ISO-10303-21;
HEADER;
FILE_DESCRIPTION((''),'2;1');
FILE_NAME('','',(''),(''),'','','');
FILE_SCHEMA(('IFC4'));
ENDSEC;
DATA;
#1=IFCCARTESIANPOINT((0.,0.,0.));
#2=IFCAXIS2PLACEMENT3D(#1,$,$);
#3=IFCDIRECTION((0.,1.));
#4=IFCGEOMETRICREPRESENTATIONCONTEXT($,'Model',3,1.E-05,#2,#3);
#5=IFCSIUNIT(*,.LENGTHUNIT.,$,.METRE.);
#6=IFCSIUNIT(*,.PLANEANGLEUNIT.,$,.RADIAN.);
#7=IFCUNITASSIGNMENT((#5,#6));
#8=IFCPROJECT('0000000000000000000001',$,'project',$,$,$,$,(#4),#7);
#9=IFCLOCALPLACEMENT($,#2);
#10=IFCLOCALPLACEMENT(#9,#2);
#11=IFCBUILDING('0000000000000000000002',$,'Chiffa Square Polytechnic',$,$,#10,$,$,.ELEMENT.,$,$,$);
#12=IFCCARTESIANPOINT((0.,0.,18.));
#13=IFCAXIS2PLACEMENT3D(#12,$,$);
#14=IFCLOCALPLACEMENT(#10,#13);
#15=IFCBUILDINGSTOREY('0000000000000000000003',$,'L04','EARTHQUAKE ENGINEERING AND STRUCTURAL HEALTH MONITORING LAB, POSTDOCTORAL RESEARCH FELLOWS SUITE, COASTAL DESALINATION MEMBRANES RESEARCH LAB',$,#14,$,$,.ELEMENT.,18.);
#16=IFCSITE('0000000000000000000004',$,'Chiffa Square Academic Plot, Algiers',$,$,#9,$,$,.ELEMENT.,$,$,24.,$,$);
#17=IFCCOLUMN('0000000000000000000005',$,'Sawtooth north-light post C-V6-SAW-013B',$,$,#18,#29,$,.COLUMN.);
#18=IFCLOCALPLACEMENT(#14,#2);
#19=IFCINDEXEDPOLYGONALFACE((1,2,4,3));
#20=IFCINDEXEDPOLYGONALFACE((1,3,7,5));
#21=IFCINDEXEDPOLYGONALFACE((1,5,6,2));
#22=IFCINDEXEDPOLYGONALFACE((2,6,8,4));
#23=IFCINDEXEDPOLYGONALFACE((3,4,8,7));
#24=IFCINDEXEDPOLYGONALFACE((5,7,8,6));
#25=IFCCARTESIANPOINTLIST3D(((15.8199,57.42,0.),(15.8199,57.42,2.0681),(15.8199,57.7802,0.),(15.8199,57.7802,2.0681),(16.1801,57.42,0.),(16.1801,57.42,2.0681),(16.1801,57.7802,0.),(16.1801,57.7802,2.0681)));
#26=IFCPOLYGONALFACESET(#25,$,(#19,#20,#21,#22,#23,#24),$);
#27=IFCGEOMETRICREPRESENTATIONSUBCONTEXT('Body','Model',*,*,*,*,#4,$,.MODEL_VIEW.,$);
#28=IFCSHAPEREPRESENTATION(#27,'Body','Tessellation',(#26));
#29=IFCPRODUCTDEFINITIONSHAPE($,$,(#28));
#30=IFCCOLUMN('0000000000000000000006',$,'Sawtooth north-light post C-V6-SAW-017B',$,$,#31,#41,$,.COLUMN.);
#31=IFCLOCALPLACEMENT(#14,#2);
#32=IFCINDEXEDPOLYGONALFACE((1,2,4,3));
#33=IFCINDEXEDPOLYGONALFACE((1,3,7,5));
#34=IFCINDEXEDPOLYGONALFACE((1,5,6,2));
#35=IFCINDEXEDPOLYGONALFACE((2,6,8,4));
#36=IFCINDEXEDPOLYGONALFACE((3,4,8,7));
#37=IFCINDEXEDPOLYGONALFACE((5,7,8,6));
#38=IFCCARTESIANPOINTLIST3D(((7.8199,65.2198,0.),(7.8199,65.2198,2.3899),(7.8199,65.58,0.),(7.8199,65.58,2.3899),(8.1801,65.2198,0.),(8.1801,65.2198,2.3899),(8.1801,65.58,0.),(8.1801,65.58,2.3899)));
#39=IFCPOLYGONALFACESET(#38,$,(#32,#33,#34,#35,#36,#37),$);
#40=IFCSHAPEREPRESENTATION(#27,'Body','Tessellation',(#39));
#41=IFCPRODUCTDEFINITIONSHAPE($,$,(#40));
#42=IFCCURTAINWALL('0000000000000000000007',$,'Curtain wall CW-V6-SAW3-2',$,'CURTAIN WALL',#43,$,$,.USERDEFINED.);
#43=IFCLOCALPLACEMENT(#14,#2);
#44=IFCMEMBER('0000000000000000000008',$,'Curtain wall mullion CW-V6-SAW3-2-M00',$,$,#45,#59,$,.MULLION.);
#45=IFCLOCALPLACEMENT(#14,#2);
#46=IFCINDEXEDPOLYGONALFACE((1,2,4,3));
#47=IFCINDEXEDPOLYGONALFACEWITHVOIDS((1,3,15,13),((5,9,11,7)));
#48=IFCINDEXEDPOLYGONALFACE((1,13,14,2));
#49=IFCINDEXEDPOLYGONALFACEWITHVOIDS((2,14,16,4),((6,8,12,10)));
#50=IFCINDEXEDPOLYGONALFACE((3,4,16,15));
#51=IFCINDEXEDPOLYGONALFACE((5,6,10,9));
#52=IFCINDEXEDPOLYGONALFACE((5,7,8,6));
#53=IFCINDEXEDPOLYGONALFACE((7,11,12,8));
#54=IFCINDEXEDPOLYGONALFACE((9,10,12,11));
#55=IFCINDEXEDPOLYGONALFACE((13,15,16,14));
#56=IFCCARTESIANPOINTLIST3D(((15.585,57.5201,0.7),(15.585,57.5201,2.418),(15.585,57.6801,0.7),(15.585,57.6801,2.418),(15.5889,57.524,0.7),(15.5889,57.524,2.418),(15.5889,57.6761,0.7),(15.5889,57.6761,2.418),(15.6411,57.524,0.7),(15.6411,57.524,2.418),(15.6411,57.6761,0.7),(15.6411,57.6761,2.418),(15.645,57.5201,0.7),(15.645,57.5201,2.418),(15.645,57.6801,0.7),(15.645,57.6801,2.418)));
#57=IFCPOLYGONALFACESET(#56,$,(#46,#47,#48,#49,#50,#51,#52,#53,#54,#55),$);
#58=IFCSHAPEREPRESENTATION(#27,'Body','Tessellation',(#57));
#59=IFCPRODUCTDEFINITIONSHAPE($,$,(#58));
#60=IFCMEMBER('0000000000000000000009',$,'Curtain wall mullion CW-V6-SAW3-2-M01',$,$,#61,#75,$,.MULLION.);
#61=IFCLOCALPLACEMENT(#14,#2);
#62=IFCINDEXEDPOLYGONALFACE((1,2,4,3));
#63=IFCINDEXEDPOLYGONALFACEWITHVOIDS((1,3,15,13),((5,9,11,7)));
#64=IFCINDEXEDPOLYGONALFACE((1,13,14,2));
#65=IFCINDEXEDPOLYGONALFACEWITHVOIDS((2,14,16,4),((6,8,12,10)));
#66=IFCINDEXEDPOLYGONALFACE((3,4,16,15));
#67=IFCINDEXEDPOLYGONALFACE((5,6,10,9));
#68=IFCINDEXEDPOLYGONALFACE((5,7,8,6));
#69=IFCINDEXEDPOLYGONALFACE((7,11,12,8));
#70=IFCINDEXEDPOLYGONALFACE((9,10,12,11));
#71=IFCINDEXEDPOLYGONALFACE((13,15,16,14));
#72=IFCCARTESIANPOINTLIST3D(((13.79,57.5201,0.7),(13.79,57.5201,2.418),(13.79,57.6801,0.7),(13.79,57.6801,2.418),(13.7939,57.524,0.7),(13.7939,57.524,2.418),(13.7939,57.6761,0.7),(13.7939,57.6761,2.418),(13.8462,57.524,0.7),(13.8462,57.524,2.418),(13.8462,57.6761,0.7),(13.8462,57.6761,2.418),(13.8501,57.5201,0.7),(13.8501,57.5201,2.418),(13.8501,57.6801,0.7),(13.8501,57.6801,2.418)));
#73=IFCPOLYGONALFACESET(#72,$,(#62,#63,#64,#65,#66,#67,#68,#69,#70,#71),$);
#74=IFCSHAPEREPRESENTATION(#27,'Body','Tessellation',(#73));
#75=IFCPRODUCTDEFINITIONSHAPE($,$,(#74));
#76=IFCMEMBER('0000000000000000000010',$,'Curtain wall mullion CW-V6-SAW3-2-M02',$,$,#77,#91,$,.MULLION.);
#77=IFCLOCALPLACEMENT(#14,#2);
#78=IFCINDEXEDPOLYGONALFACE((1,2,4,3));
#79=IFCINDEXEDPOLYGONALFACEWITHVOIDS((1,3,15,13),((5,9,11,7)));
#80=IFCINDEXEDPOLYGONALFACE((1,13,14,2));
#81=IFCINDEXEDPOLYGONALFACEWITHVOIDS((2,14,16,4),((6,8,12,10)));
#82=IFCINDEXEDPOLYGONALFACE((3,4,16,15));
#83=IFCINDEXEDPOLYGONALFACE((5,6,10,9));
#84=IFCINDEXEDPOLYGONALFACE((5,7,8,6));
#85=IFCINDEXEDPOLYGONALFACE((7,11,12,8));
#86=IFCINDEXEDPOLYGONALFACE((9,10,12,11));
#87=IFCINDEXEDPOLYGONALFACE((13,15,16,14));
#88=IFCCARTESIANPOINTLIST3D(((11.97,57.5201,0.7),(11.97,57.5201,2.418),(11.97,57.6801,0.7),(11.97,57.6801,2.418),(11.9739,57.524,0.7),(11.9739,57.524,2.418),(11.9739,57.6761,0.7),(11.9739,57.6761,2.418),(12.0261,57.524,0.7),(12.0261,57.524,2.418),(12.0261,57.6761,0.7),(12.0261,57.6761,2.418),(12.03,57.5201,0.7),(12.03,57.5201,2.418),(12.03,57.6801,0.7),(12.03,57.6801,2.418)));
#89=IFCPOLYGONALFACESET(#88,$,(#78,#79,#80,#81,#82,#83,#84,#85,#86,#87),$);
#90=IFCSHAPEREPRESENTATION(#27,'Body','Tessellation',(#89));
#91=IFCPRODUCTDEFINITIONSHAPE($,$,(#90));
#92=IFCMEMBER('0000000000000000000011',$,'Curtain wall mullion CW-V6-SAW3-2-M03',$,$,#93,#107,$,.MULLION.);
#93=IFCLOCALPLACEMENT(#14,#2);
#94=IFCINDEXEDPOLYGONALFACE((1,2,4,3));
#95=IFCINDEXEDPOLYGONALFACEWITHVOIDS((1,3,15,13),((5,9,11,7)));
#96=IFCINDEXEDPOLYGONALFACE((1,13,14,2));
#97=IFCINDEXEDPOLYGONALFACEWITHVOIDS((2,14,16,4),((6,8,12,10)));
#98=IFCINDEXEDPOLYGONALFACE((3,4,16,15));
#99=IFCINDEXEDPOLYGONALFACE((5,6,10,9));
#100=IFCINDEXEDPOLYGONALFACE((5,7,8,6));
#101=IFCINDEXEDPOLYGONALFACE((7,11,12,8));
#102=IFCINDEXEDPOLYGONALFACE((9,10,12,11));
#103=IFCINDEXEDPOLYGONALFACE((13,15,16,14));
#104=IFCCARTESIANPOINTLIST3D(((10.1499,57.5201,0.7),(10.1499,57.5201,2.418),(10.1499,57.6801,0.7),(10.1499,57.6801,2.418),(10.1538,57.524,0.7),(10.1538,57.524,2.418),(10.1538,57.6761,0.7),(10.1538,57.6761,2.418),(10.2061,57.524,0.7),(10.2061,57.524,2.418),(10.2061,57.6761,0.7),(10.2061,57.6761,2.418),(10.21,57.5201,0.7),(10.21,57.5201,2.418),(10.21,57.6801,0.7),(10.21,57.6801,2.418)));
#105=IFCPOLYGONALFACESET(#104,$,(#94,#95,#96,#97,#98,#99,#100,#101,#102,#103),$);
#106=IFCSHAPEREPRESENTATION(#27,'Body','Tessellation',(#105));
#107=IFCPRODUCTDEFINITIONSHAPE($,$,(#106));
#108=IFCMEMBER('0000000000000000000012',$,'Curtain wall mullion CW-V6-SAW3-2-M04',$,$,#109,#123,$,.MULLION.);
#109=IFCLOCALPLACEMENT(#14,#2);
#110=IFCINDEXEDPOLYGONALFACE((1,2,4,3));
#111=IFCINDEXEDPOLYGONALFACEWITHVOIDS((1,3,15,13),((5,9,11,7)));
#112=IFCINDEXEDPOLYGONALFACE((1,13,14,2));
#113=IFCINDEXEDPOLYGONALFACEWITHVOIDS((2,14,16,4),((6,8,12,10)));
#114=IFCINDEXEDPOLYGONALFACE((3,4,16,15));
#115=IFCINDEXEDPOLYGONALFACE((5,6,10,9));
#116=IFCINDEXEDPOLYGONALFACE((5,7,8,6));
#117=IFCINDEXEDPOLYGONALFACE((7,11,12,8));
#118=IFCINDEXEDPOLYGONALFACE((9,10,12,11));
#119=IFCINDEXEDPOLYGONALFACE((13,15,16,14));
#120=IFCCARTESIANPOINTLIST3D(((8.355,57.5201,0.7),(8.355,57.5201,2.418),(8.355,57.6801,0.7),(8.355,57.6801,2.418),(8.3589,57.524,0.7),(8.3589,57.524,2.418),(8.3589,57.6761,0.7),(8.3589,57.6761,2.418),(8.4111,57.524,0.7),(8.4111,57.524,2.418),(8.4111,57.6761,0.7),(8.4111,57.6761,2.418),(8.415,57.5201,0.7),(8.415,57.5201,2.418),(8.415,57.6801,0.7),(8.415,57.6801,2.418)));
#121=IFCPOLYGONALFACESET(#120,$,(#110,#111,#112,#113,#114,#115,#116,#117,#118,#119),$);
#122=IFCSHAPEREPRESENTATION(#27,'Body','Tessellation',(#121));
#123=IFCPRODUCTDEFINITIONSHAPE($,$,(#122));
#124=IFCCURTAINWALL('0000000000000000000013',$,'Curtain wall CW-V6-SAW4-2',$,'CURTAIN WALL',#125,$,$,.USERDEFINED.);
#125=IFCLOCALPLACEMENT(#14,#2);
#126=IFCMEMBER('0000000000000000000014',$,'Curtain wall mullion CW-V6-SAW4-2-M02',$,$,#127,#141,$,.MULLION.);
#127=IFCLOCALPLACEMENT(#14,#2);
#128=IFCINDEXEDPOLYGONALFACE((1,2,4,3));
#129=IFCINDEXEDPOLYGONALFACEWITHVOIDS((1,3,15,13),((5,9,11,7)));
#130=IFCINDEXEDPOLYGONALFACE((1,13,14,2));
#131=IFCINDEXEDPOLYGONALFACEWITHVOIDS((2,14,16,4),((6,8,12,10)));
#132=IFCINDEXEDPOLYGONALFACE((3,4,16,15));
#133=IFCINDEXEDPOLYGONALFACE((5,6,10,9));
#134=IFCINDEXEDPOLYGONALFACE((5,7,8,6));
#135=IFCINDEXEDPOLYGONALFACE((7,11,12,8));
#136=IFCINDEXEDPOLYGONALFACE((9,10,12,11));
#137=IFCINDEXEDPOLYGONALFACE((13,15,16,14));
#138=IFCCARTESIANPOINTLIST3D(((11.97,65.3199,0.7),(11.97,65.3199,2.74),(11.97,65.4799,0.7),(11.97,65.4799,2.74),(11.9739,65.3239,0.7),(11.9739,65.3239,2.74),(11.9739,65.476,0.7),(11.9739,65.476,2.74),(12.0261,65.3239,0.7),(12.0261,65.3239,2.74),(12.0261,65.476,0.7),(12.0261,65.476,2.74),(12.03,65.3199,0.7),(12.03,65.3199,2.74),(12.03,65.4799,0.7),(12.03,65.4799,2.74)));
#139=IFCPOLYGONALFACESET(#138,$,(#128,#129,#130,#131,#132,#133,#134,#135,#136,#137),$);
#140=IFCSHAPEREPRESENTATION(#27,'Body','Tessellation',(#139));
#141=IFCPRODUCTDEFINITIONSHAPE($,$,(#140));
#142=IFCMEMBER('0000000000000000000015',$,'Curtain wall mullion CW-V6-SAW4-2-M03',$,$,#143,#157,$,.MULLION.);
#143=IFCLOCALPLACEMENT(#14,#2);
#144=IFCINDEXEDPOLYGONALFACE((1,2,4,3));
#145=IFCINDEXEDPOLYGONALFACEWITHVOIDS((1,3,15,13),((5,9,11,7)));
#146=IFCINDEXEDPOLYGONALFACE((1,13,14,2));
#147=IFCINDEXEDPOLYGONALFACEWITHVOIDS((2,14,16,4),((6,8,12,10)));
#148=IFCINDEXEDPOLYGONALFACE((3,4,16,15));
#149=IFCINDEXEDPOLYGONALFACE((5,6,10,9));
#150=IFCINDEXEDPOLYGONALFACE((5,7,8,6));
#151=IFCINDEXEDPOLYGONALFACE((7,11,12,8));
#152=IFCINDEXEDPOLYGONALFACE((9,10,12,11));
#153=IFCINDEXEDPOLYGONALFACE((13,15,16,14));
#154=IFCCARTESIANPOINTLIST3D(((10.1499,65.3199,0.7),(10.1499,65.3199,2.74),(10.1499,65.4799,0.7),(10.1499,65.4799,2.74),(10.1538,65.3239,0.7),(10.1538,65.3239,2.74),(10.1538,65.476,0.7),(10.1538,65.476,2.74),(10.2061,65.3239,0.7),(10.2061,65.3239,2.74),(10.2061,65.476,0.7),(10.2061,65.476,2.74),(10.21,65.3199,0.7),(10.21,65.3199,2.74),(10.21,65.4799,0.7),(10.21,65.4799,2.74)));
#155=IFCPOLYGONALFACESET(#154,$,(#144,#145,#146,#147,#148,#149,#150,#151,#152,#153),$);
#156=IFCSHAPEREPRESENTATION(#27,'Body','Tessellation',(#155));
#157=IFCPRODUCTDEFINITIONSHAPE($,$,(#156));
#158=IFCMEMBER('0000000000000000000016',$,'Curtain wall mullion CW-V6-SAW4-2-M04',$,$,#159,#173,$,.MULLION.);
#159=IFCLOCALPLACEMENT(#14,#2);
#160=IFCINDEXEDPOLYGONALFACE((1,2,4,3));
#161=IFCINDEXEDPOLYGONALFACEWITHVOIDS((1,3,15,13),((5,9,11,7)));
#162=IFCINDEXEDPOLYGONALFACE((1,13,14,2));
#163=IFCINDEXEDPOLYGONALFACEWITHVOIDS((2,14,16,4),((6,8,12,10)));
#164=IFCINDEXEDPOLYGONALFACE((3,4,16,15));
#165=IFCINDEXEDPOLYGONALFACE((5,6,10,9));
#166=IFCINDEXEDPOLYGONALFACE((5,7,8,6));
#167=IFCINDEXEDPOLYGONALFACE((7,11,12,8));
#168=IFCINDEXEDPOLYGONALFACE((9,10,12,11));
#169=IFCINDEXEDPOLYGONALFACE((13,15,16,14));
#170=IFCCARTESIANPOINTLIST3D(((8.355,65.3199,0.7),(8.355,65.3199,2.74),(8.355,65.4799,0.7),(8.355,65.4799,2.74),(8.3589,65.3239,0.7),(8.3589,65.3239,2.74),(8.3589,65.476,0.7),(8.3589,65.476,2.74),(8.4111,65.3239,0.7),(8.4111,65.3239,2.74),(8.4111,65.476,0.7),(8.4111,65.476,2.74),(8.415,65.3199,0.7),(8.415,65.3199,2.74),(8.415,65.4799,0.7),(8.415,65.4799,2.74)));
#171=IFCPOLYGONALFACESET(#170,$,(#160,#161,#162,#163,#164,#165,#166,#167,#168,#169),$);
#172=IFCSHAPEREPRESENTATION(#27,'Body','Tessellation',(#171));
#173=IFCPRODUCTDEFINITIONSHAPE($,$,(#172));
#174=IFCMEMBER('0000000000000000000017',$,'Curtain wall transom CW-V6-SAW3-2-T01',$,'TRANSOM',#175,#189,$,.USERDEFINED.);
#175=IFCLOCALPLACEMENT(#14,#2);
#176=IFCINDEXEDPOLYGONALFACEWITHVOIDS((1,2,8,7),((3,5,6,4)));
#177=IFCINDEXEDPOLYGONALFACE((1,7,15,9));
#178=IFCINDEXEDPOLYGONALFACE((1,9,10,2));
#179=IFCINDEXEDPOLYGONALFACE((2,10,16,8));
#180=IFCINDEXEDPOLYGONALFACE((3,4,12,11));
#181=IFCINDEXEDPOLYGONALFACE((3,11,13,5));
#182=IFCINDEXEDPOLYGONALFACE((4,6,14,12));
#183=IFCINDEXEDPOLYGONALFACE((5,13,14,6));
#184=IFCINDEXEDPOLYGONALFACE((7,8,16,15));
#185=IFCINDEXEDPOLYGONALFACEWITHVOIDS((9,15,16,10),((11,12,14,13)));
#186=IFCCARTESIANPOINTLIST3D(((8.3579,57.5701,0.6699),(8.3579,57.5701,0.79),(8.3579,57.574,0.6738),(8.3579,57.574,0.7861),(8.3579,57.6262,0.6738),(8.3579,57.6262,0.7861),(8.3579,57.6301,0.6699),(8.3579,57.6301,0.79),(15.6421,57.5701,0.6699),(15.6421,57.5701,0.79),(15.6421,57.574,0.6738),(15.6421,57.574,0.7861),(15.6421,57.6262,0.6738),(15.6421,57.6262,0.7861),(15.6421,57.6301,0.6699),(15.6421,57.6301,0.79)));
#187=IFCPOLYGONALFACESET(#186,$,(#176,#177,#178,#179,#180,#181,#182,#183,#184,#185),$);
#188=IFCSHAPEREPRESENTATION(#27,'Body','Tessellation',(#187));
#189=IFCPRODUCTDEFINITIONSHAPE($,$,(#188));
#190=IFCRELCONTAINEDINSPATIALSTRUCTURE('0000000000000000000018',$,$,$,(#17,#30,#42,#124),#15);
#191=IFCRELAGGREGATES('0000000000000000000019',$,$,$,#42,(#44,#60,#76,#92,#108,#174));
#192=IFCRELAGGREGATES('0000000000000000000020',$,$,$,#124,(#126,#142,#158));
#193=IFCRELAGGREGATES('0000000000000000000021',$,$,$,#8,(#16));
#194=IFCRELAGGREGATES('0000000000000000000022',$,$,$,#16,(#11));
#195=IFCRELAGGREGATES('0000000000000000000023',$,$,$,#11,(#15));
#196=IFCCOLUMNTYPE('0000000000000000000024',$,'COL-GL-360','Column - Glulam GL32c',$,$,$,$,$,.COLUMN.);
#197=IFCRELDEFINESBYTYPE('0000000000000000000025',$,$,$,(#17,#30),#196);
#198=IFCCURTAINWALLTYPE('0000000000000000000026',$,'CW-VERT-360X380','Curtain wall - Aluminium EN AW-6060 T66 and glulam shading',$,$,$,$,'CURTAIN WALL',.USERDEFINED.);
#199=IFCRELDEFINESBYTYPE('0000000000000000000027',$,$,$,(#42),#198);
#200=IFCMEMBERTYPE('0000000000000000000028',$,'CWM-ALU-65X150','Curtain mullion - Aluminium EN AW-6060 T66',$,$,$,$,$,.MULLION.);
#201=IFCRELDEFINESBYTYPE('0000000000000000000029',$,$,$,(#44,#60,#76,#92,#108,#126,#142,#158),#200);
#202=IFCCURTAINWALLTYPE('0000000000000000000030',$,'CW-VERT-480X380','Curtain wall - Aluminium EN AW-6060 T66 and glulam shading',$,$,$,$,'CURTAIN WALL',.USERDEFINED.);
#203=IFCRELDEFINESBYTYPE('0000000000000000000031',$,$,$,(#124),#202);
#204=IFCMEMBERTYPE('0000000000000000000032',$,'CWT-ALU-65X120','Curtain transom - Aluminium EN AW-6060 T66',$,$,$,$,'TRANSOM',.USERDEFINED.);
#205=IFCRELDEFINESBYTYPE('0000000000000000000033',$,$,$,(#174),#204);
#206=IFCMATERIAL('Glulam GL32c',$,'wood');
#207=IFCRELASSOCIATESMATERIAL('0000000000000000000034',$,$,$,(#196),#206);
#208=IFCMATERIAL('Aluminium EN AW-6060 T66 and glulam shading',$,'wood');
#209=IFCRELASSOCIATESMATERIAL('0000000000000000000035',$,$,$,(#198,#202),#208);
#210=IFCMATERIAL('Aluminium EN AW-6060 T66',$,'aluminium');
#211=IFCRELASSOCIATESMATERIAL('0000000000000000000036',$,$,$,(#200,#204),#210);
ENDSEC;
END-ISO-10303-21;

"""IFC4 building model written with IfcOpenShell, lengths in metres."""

from ifc_helpers import new_model, si_unit, direction, frame, origin, origin_2d, place, context, subcontext, project, spatial, rectangle, hollow_rectangle, extrude, material, material_profile, profile_set, type_object, element, aggregate, save


model = new_model("IFC4")

# Units and contexts
model_context = context("Model", 3, precision=1e-05, world=origin(), true_north=direction((0.0, 1.0)))
body_context = subcontext(model_context, "Body", "Model", "MODEL_VIEW")
ifc_project = project(units=[si_unit("LENGTHUNIT", "METRE"), si_unit("PLANEANGLEUNIT", "RADIAN")], contexts=[model_context])

# Site, building, storey
site_placement = place(None, origin())
site = spatial("IfcSite", under=ifc_project, at=site_placement, Name="Chiffa Square Academic Plot, Algiers", CompositionType="ELEMENT", RefElevation=24.0)
building_placement = place(site_placement, origin())
building = spatial("IfcBuilding", under=site, at=building_placement, Name="Chiffa Square Polytechnic", CompositionType="ELEMENT")
storey_placement = place(building_placement, frame((0.0, 0.0, 18.0)))
storey = spatial("IfcBuildingStorey", under=building, at=storey_placement, Name="L04", Description="EARTHQUAKE ENGINEERING AND STRUCTURAL HEALTH MONITORING LAB, POSTDOCTORAL RESEARCH FELLOWS SUITE, COASTAL DESALINATION MEMBRANES RESEARCH LAB", CompositionType="ELEMENT", Elevation=18.0)

# Columns
ifc_material_1 = material(Name="Glulam GL32c", Category="wood")
ifc_material_profile_1 = material_profile(ifc_material_1, rectangle(XDim=0.3601, YDim=0.3601, at=origin_2d()), Name="GL32c 360x360")
ifc_profile_set_1 = profile_set([ifc_material_profile_1], Name="Glulam GL32c")
column_type = type_object("IfcColumnType", Name="COL-GL-360", Description="Column - Glulam GL32c", PredefinedType="COLUMN", material=ifc_profile_set_1)
column_1_placement = place(storey_placement, frame((16.0, 57.6001, 0.0), z_axis=(0.0, 0.0, 1.0), x_axis=(1.0, 0.0, 0.0)))
element("IfcColumn", 1, at=column_1_placement, inside=storey, type_object=column_type, Name="Sawtooth north-light post C-V6-SAW-013B", PredefinedType="COLUMN", context=body_context, shape_type="SweptSolid", body=[
    extrude(rectangle(XDim=0.3601, YDim=0.3601, at=origin_2d()), origin(), (0.0, 0.0, 1.0), 2.0681),
])
column_2_placement = place(storey_placement, frame((8.0, 65.3999, 0.0), z_axis=(0.0, 0.0, 1.0), x_axis=(1.0, 0.0, 0.0)))
element("IfcColumn", 2, at=column_2_placement, inside=storey, type_object=column_type, Name="Sawtooth north-light post C-V6-SAW-017B", PredefinedType="COLUMN", context=body_context, shape_type="SweptSolid", body=[
    extrude(rectangle(XDim=0.3601, YDim=0.3601, at=origin_2d()), origin(), (0.0, 0.0, 1.0), 2.3899),
])

# Curtain walls, members
ifc_material_2 = material(Name="Aluminium EN AW-6060 T66 and glulam shading", Category="wood")
curtain_wall_type_1 = type_object("IfcCurtainWallType", Name="CW-VERT-360X380", Description="Curtain wall - Aluminium EN AW-6060 T66 and glulam shading", ElementType="CURTAIN WALL", PredefinedType="USERDEFINED", material=ifc_material_2)
curtain_wall_1_placement = place(storey_placement, origin())
curtain_wall_1 = element("IfcCurtainWall", 3, at=curtain_wall_1_placement, inside=storey, type_object=curtain_wall_type_1, Name="Curtain wall CW-V6-SAW3-2", ObjectType="CURTAIN WALL", PredefinedType="USERDEFINED")
ifc_material_3 = material(Name="Aluminium EN AW-6060 T66", Category="aluminium")
ifc_material_profile_2 = material_profile(ifc_material_3, hollow_rectangle(XDim=0.0601, YDim=0.1599, WallThickness=0.0039, at=origin_2d()), Name="ALU 60x160x4")
ifc_profile_set_2 = profile_set([ifc_material_profile_2], Name="Aluminium EN AW-6060 T66")
member_type_1 = type_object("IfcMemberType", Name="CWM-ALU-65X150", Description="Curtain mullion - Aluminium EN AW-6060 T66", PredefinedType="MULLION", material=ifc_profile_set_2)
member_1_placement = place(storey_placement, frame((15.615, 57.6001, 0.7), z_axis=(0.0, 0.0, 1.0), x_axis=(1.0, 0.0, 0.0)))
member_1 = element("IfcMember", 4, at=member_1_placement, type_object=member_type_1, Name="Curtain wall mullion CW-V6-SAW3-2-M00", PredefinedType="MULLION", context=body_context, shape_type="SweptSolid", body=[
    extrude(hollow_rectangle(XDim=0.0601, YDim=0.1599, WallThickness=0.0039, at=origin_2d()), origin(), (0.0, 0.0, 1.0), 1.718),
])
member_2_placement = place(storey_placement, frame((13.8201, 57.6001, 0.7), z_axis=(0.0, 0.0, 1.0), x_axis=(1.0, 0.0, 0.0)))
member_2 = element("IfcMember", 5, at=member_2_placement, type_object=member_type_1, Name="Curtain wall mullion CW-V6-SAW3-2-M01", PredefinedType="MULLION", context=body_context, shape_type="SweptSolid", body=[
    extrude(hollow_rectangle(XDim=0.0601, YDim=0.1599, WallThickness=0.0039, at=origin_2d()), origin(), (0.0, 0.0, 1.0), 1.718),
])
member_3_placement = place(storey_placement, frame((12.0, 57.6001, 0.7), z_axis=(0.0, 0.0, 1.0), x_axis=(1.0, 0.0, 0.0)))
member_3 = element("IfcMember", 6, at=member_3_placement, type_object=member_type_1, Name="Curtain wall mullion CW-V6-SAW3-2-M02", PredefinedType="MULLION", context=body_context, shape_type="SweptSolid", body=[
    extrude(hollow_rectangle(XDim=0.0601, YDim=0.1599, WallThickness=0.0039, at=origin_2d()), origin(), (0.0, 0.0, 1.0), 1.718),
])
member_4_placement = place(storey_placement, frame((10.1799, 57.6001, 0.7), z_axis=(0.0, 0.0, 1.0), x_axis=(1.0, 0.0, 0.0)))
member_4 = element("IfcMember", 7, at=member_4_placement, type_object=member_type_1, Name="Curtain wall mullion CW-V6-SAW3-2-M03", PredefinedType="MULLION", context=body_context, shape_type="SweptSolid", body=[
    extrude(hollow_rectangle(XDim=0.0601, YDim=0.1599, WallThickness=0.0039, at=origin_2d()), origin(), (0.0, 0.0, 1.0), 1.718),
])
member_5_placement = place(storey_placement, frame((8.385, 57.6001, 0.7), z_axis=(0.0, 0.0, 1.0), x_axis=(1.0, 0.0, 0.0)))
member_5 = element("IfcMember", 8, at=member_5_placement, type_object=member_type_1, Name="Curtain wall mullion CW-V6-SAW3-2-M04", PredefinedType="MULLION", context=body_context, shape_type="SweptSolid", body=[
    extrude(hollow_rectangle(XDim=0.0601, YDim=0.1599, WallThickness=0.0039, at=origin_2d()), origin(), (0.0, 0.0, 1.0), 1.718),
])
curtain_wall_type_2 = type_object("IfcCurtainWallType", Name="CW-VERT-480X380", Description="Curtain wall - Aluminium EN AW-6060 T66 and glulam shading", ElementType="CURTAIN WALL", PredefinedType="USERDEFINED", material=ifc_material_2)
curtain_wall_2_placement = place(storey_placement, origin())
curtain_wall_2 = element("IfcCurtainWall", 9, at=curtain_wall_2_placement, inside=storey, type_object=curtain_wall_type_2, Name="Curtain wall CW-V6-SAW4-2", ObjectType="CURTAIN WALL", PredefinedType="USERDEFINED")
member_6_placement = place(storey_placement, frame((12.0, 65.3999, 0.7), z_axis=(0.0, 0.0, 1.0), x_axis=(1.0, 0.0, 0.0)))
member_6 = element("IfcMember", 10, at=member_6_placement, type_object=member_type_1, Name="Curtain wall mullion CW-V6-SAW4-2-M02", PredefinedType="MULLION", context=body_context, shape_type="SweptSolid", body=[
    extrude(hollow_rectangle(XDim=0.0601, YDim=0.1599, WallThickness=0.0039, at=origin_2d()), origin(), (0.0, 0.0, 1.0), 2.04),
])
member_7_placement = place(storey_placement, frame((10.1799, 65.3999, 0.7), z_axis=(0.0, 0.0, 1.0), x_axis=(1.0, 0.0, 0.0)))
member_7 = element("IfcMember", 11, at=member_7_placement, type_object=member_type_1, Name="Curtain wall mullion CW-V6-SAW4-2-M03", PredefinedType="MULLION", context=body_context, shape_type="SweptSolid", body=[
    extrude(hollow_rectangle(XDim=0.0601, YDim=0.1599, WallThickness=0.0039, at=origin_2d()), origin(), (0.0, 0.0, 1.0), 2.04),
])
member_8_placement = place(storey_placement, frame((8.385, 65.3999, 0.7), z_axis=(0.0, 0.0, 1.0), x_axis=(1.0, 0.0, 0.0)))
member_8 = element("IfcMember", 12, at=member_8_placement, type_object=member_type_1, Name="Curtain wall mullion CW-V6-SAW4-2-M04", PredefinedType="MULLION", context=body_context, shape_type="SweptSolid", body=[
    extrude(hollow_rectangle(XDim=0.0601, YDim=0.1599, WallThickness=0.0039, at=origin_2d()), origin(), (0.0, 0.0, 1.0), 2.04),
])

# Member
ifc_material_profile_3 = material_profile(ifc_material_3, hollow_rectangle(XDim=0.0601, YDim=0.1201, WallThickness=0.0039, at=origin_2d()), Name="ALU 60x120x4")
ifc_profile_set_3 = profile_set([ifc_material_profile_3], Name="Aluminium EN AW-6060 T66")
member_type_2 = type_object("IfcMemberType", Name="CWT-ALU-65X120", Description="Curtain transom - Aluminium EN AW-6060 T66", ElementType="TRANSOM", PredefinedType="USERDEFINED", material=ifc_profile_set_3)
member_9_placement = place(storey_placement, frame((15.6421, 57.6001, 0.73), z_axis=(-1.0, 0.0, 0.0), x_axis=(0.0, -1.0, 0.0)))
member_9 = element("IfcMember", 13, at=member_9_placement, type_object=member_type_2, Name="Curtain wall transom CW-V6-SAW3-2-T01", ObjectType="TRANSOM", PredefinedType="USERDEFINED", context=body_context, shape_type="SweptSolid", body=[
    extrude(hollow_rectangle(XDim=0.0601, YDim=0.1201, WallThickness=0.0039, at=origin_2d()), origin(), (0.0, 0.0, 1.0), 7.2842),
])

aggregate(curtain_wall_1, [member_1, member_2, member_3, member_4, member_5, member_9])
aggregate(curtain_wall_2, [member_6, member_7, member_8])

save(model, "model.ifc")
